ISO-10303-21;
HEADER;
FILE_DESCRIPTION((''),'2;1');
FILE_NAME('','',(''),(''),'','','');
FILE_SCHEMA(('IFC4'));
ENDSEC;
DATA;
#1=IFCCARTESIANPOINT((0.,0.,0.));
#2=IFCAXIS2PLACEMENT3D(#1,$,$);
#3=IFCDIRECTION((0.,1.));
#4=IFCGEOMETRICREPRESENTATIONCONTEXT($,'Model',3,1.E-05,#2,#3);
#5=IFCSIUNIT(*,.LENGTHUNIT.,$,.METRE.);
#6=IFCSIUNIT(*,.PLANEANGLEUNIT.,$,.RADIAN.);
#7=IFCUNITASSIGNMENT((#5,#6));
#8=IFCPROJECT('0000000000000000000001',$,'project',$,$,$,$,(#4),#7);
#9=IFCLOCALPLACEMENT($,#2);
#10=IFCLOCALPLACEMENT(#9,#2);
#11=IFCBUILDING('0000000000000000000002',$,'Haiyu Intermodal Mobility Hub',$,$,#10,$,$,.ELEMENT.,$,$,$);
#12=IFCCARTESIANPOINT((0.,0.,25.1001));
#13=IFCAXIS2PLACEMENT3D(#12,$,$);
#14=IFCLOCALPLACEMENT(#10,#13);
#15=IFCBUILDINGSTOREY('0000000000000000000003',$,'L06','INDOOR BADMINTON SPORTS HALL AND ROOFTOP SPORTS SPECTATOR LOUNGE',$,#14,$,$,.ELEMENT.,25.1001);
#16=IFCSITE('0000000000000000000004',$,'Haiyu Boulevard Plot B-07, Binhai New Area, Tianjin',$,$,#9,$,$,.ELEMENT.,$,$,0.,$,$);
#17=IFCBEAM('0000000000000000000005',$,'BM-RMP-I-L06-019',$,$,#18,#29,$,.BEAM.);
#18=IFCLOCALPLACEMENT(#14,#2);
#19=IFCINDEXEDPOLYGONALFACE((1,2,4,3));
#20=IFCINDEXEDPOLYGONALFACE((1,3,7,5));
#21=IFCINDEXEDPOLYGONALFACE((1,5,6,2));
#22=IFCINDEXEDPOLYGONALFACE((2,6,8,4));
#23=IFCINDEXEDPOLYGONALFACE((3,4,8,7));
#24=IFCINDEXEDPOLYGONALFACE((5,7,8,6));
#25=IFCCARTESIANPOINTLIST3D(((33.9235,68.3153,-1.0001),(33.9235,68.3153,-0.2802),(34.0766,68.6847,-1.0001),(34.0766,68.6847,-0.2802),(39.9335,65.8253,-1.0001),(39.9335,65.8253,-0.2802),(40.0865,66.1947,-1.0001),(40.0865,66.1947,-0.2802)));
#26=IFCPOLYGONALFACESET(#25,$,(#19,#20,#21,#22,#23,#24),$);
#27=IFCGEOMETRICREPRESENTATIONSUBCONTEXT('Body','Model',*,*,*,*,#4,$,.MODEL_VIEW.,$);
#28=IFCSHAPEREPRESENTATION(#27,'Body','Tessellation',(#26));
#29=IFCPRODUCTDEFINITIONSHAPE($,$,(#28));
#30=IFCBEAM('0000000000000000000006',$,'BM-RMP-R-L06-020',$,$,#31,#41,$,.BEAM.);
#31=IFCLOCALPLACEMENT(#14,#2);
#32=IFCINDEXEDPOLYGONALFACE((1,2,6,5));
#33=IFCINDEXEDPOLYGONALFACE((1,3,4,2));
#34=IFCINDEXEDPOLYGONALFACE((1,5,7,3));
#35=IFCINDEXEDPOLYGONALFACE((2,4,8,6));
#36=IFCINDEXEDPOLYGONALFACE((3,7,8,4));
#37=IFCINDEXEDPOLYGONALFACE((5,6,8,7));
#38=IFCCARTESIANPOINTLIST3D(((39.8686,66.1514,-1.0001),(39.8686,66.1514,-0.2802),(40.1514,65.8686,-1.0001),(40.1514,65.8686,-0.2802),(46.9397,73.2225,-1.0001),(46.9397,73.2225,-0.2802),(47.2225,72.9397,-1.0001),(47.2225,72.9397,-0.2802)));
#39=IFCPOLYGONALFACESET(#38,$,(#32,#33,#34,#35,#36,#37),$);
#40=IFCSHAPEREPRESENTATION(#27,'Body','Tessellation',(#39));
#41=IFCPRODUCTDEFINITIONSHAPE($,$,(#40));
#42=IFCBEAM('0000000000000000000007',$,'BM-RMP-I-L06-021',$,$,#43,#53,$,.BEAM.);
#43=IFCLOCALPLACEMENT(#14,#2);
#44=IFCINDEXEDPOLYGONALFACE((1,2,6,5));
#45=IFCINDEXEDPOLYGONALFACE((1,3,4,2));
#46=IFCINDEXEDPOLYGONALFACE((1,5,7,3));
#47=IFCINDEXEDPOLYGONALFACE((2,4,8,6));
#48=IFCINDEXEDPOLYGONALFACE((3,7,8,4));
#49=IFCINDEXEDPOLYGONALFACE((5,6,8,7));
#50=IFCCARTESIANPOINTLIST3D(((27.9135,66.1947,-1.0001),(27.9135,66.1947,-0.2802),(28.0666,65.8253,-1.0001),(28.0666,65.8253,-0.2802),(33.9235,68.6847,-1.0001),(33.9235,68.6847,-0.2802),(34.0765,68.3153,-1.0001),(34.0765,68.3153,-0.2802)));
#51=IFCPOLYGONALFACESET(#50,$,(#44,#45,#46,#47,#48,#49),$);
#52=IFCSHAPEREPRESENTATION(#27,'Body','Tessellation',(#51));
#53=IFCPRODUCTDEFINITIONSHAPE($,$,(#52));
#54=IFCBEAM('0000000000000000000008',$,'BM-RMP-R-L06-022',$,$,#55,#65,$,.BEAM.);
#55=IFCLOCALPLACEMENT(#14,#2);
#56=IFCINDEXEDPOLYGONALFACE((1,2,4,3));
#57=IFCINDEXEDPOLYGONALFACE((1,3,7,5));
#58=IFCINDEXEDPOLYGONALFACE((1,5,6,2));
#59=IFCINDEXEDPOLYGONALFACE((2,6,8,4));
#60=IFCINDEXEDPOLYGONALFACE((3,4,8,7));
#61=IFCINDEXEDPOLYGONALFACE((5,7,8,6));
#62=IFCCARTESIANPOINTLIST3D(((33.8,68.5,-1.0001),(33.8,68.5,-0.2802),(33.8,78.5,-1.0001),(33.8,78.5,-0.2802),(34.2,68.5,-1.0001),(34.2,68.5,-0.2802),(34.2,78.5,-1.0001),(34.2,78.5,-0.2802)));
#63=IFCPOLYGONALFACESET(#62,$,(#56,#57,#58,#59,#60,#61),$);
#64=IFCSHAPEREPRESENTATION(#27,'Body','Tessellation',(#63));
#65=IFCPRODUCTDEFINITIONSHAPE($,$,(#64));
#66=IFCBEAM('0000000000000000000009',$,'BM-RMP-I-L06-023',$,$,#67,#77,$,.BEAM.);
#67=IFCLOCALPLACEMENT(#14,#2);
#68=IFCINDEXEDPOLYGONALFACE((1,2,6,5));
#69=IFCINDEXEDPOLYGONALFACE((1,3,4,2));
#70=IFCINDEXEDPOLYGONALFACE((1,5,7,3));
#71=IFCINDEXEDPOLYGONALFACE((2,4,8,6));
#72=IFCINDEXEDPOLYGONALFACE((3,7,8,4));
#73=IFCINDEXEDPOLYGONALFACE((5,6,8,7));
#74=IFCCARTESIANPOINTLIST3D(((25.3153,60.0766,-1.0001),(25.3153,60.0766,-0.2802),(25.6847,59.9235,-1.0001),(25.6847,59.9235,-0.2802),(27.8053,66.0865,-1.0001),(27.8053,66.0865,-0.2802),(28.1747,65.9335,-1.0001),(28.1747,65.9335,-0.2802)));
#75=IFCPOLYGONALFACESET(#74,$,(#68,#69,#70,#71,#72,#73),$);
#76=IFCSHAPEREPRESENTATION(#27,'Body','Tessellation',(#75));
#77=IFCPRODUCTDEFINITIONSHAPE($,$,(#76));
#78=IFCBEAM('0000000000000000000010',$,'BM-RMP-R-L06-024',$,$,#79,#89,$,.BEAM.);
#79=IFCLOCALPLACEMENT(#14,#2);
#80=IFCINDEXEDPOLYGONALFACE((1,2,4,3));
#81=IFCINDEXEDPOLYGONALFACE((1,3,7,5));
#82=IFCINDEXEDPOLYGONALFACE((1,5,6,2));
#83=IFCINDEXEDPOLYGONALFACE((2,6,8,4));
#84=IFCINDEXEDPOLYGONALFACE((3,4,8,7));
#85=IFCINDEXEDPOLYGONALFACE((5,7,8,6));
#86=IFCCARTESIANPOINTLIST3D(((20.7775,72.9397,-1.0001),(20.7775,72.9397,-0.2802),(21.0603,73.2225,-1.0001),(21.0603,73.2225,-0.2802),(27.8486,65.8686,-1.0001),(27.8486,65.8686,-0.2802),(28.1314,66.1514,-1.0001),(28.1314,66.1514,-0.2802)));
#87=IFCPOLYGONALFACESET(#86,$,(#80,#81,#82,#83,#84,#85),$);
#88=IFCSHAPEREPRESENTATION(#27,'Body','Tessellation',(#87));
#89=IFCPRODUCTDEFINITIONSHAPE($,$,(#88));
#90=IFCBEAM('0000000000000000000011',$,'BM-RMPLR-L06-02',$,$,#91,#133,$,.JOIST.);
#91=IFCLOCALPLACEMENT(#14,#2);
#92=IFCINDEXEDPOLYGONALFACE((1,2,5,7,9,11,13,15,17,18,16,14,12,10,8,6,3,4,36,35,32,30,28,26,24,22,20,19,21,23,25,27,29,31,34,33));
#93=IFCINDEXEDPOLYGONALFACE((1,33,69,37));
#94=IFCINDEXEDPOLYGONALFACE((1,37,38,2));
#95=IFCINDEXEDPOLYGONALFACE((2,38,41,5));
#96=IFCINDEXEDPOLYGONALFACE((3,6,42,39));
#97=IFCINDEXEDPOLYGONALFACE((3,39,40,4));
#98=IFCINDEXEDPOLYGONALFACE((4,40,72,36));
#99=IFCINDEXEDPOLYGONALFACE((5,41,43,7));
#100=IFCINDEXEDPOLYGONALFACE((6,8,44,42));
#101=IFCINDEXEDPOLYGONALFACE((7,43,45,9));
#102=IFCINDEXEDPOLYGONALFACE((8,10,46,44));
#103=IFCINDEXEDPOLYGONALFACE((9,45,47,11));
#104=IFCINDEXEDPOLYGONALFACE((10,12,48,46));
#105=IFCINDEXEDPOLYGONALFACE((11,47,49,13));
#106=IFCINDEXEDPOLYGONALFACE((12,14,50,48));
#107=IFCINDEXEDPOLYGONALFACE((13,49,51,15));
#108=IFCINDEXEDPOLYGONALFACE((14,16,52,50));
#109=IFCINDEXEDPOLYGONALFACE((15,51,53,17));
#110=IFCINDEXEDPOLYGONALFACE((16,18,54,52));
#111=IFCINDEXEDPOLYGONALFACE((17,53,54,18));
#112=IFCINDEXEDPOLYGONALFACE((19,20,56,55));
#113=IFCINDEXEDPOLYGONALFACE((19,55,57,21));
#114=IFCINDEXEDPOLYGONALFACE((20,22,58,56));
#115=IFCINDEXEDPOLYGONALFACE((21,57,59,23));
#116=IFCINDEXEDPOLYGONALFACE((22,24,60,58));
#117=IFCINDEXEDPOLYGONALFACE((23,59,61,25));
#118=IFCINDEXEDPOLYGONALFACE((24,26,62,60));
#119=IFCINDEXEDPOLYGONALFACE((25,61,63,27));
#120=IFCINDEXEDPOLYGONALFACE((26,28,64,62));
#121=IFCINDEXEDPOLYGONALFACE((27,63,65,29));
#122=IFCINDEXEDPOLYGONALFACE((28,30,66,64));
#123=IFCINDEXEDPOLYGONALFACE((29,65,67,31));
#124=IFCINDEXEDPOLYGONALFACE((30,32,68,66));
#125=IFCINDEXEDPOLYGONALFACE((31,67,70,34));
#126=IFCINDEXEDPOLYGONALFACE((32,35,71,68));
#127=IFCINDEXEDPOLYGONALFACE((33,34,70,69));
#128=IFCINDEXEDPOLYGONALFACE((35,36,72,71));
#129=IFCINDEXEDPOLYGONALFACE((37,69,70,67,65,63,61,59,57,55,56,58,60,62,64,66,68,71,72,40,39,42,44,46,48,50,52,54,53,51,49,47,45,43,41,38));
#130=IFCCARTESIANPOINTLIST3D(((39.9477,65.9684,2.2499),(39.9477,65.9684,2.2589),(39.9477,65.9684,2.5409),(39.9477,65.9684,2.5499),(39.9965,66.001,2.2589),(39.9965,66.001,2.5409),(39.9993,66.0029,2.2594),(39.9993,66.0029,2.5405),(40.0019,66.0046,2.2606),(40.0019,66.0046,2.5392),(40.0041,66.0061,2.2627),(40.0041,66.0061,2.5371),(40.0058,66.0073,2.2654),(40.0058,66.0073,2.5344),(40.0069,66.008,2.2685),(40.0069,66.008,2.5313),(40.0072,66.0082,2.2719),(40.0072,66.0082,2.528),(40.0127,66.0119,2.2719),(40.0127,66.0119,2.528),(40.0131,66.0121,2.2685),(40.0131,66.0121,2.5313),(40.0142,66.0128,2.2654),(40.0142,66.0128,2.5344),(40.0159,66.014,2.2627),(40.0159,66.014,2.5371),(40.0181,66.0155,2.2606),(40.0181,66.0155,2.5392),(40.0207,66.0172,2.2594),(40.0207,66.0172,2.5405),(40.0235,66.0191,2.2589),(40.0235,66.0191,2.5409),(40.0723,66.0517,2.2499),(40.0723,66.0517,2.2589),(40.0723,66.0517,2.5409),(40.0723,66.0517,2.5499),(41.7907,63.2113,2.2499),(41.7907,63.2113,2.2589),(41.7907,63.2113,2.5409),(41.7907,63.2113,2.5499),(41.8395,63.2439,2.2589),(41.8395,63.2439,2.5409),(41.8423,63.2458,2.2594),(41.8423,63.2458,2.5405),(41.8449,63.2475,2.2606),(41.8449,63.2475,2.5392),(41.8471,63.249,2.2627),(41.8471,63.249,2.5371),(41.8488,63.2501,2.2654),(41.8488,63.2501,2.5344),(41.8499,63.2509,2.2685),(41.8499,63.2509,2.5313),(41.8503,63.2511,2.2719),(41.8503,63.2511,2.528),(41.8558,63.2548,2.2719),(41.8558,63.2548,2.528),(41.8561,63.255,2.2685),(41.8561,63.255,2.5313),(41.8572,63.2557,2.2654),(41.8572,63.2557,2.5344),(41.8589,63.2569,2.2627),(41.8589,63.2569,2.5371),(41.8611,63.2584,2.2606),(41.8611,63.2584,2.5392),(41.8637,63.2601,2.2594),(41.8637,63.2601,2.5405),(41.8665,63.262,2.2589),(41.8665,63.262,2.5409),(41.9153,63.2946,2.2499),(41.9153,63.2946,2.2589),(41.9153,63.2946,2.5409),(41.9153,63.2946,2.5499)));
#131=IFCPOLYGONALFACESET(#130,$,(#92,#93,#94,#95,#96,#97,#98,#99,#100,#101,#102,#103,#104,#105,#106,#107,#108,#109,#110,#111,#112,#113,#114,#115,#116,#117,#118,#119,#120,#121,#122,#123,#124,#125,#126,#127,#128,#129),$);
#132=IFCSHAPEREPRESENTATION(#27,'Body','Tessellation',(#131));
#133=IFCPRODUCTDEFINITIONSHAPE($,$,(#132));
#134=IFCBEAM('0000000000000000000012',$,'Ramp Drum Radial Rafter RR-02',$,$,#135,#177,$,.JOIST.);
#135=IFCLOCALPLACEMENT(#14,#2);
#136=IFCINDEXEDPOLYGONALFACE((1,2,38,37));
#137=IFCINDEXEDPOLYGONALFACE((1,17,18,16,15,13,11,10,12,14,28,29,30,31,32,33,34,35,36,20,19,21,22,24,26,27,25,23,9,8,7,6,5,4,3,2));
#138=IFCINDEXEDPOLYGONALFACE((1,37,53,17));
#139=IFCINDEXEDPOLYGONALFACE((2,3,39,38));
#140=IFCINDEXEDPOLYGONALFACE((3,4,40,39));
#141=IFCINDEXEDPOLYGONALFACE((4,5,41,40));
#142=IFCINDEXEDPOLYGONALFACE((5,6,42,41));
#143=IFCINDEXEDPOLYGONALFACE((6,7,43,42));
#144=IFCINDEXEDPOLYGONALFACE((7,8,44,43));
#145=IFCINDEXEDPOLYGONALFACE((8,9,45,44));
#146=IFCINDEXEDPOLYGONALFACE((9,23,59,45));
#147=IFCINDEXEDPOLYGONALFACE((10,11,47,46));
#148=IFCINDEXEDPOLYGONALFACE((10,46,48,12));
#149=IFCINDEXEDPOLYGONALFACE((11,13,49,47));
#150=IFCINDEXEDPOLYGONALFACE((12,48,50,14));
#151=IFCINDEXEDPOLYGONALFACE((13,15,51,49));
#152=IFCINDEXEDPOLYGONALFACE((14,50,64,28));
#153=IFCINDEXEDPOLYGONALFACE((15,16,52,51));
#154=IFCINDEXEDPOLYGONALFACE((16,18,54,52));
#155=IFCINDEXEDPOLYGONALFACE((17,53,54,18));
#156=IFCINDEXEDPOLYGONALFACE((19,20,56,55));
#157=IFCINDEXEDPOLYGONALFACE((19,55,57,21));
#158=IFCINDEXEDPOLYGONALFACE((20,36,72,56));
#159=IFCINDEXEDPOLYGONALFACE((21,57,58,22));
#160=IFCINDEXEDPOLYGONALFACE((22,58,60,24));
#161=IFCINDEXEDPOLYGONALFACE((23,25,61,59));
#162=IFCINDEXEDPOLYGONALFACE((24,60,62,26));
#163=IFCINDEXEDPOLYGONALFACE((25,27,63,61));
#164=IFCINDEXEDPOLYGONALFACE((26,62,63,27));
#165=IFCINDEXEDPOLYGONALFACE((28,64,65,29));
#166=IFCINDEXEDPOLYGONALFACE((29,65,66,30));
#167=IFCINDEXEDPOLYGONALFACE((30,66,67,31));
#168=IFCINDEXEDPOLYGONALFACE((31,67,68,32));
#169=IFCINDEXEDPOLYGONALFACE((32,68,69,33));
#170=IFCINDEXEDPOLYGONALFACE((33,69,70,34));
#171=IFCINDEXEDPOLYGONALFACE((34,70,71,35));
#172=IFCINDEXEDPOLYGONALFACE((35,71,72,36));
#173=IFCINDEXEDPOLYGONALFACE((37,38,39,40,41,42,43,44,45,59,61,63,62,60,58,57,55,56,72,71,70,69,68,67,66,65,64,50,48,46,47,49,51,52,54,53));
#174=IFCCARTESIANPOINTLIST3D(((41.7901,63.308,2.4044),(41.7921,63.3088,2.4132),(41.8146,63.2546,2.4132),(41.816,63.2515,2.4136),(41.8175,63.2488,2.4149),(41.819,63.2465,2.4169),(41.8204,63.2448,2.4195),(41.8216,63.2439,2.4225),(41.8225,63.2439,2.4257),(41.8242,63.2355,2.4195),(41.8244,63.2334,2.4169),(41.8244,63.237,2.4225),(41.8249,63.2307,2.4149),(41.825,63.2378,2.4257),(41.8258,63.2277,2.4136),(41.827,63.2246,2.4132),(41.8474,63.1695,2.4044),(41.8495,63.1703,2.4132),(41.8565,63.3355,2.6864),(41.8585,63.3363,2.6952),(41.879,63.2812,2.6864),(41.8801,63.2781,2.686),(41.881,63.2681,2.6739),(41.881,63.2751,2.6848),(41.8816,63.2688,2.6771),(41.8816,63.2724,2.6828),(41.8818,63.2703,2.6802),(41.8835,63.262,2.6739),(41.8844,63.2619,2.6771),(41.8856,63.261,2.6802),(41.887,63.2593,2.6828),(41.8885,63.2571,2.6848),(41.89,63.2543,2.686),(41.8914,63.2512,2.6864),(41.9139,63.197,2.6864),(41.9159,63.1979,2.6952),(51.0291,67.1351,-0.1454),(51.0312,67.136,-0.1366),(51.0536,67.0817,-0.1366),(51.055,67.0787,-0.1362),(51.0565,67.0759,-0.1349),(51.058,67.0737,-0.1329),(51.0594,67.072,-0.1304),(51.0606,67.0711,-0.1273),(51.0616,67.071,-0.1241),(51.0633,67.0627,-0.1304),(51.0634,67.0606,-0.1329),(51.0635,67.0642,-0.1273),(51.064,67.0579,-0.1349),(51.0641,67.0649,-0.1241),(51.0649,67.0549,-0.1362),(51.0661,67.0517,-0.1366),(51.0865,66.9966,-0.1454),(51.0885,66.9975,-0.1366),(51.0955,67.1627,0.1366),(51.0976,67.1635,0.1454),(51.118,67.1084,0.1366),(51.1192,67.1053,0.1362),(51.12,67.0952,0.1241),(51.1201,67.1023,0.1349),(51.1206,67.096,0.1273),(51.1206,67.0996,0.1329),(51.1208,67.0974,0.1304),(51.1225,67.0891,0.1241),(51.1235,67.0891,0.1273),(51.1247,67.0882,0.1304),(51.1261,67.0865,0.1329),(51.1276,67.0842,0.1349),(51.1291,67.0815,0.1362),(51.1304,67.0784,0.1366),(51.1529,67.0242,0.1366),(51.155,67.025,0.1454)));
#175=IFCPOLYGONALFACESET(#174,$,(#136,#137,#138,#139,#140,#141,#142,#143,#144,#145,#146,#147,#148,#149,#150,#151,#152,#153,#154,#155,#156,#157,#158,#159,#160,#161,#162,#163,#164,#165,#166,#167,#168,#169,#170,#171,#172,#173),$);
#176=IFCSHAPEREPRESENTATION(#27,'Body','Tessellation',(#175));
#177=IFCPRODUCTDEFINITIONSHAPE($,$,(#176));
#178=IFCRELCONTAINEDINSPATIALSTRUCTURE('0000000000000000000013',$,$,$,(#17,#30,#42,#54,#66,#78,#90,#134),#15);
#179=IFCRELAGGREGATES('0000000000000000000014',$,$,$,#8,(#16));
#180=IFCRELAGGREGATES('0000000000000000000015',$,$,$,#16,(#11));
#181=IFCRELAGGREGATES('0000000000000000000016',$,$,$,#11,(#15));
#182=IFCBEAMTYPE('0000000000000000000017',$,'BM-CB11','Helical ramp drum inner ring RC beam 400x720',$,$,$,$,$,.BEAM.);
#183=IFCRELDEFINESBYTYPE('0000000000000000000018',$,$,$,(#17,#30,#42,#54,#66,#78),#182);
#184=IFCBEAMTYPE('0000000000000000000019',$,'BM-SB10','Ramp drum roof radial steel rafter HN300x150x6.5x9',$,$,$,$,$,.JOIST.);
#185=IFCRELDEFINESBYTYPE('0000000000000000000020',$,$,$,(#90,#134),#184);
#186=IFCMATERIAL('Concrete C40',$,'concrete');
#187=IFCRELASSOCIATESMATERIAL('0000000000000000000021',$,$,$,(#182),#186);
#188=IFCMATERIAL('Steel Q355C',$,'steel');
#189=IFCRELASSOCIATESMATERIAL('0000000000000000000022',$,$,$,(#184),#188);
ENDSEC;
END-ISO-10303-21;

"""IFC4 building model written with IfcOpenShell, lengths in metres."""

from ifc_helpers import new_model, si_unit, direction, frame, origin, origin_2d, place, context, subcontext, project, spatial, rectangle, i_section, extrude, material, material_profile, profile_set, type_object, element, save


model = new_model("IFC4")

# Units and contexts
model_context = context("Model", 3, precision=1e-05, world=origin(), true_north=direction((0.0, 1.0)))
body_context = subcontext(model_context, "Body", "Model", "MODEL_VIEW")
ifc_project = project(units=[si_unit("LENGTHUNIT", "METRE"), si_unit("PLANEANGLEUNIT", "RADIAN")], contexts=[model_context])

# Site, building, storey
site_placement = place(None, origin())
site = spatial("IfcSite", under=ifc_project, at=site_placement, Name="Haiyu Boulevard Plot B-07, Binhai New Area, Tianjin", CompositionType="ELEMENT", RefElevation=0.0)
building_placement = place(site_placement, origin())
building = spatial("IfcBuilding", under=site, at=building_placement, Name="Haiyu Intermodal Mobility Hub", CompositionType="ELEMENT")
storey_placement = place(building_placement, frame((0.0, 0.0, 25.1001)))
storey = spatial("IfcBuildingStorey", under=building, at=storey_placement, Name="L06", Description="INDOOR BADMINTON SPORTS HALL AND ROOFTOP SPORTS SPECTATOR LOUNGE", CompositionType="ELEMENT", Elevation=25.1001)

# Shared definitions
ifc_material_1 = material(Name="Steel Q355C", Category="steel")

# Beams
ifc_material_2 = material(Name="Concrete C40", Category="concrete")
ifc_material_profile_1 = material_profile(ifc_material_2, rectangle(XDim=0.3999, YDim=0.72, at=origin_2d()), Name="RCB400x720")
ifc_profile_set_1 = profile_set([ifc_material_profile_1], Name="Concrete C40")
beam_type_1 = type_object("IfcBeamType", Name="BM-CB11", Description="Helical ramp drum inner ring RC beam 400x720", PredefinedType="BEAM", material=ifc_profile_set_1)
beam_1_placement = place(storey_placement, frame((40.01, 66.01, -0.6401), z_axis=(-0.923849, 0.382757, 0.0), x_axis=(-0.382757, -0.923849, 0.0)))
element("IfcBeam", 1, at=beam_1_placement, inside=storey, type_object=beam_type_1, Name="BM-RMP-I-L06-019", PredefinedType="BEAM", context=body_context, shape_type="SweptSolid", body=[
    extrude(rectangle(XDim=0.3999, YDim=0.72, at=origin_2d()), origin(), (0.0, 0.0, 1.0), 6.5054),
])
beam_2_placement = place(storey_placement, frame((40.01, 66.01, -0.6401), z_axis=(0.707107, 0.707107, 0.0), x_axis=(-0.707107, 0.707107, 0.0)))
element("IfcBeam", 2, at=beam_2_placement, inside=storey, type_object=beam_type_1, Name="BM-RMP-R-L06-020", PredefinedType="BEAM", context=body_context, shape_type="SweptSolid", body=[
    extrude(rectangle(XDim=0.3999, YDim=0.72, at=origin_2d()), origin(), (0.0, 0.0, 1.0), 10.0),
])
beam_3_placement = place(storey_placement, frame((34.0, 68.5, -0.6401), z_axis=(-0.923849, -0.382757, 0.0), x_axis=(0.382757, -0.923849, 0.0)))
element("IfcBeam", 3, at=beam_3_placement, inside=storey, type_object=beam_type_1, Name="BM-RMP-I-L06-021", PredefinedType="BEAM", context=body_context, shape_type="SweptSolid", body=[
    extrude(rectangle(XDim=0.3999, YDim=0.72, at=origin_2d()), origin(), (0.0, 0.0, 1.0), 6.5054),
])
beam_4_placement = place(storey_placement, frame((34.0, 68.5, -0.6401), z_axis=(0.0, 1.0, 0.0), x_axis=(-1.0, 0.0, 0.0)))
element("IfcBeam", 4, at=beam_4_placement, inside=storey, type_object=beam_type_1, Name="BM-RMP-R-L06-022", PredefinedType="BEAM", context=body_context, shape_type="SweptSolid", body=[
    extrude(rectangle(XDim=0.3999, YDim=0.72, at=origin_2d()), origin(), (0.0, 0.0, 1.0), 10.0),
])
beam_5_placement = place(storey_placement, frame((27.99, 66.01, -0.6401), z_axis=(-0.382757, -0.923849, 0.0), x_axis=(0.923849, -0.382757, 0.0)))
element("IfcBeam", 5, at=beam_5_placement, inside=storey, type_object=beam_type_1, Name="BM-RMP-I-L06-023", PredefinedType="BEAM", context=body_context, shape_type="SweptSolid", body=[
    extrude(rectangle(XDim=0.3999, YDim=0.72, at=origin_2d()), origin(), (0.0, 0.0, 1.0), 6.5054),
])
beam_6_placement = place(storey_placement, frame((27.99, 66.01, -0.6401), z_axis=(-0.707107, 0.707107, 0.0), x_axis=(-0.707107, -0.707107, 0.0)))
element("IfcBeam", 6, at=beam_6_placement, inside=storey, type_object=beam_type_1, Name="BM-RMP-R-L06-024", PredefinedType="BEAM", context=body_context, shape_type="SweptSolid", body=[
    extrude(rectangle(XDim=0.3999, YDim=0.72, at=origin_2d()), origin(), (0.0, 0.0, 1.0), 10.0),
])
ifc_material_profile_2 = material_profile(ifc_material_1, i_section(OverallWidth=0.1499, OverallDepth=0.3, WebThickness=0.0066, FlangeThickness=0.009, FilletRadius=0.0129, at=origin_2d()), Name="HN300x150x6.5x9")
ifc_profile_set_2 = profile_set([ifc_material_profile_2], Name="Steel Q355C")
beam_type_2 = type_object("IfcBeamType", Name="BM-SB10", Description="Ramp drum roof radial steel rafter HN300x150x6.5x9", PredefinedType="JOIST", material=ifc_profile_set_2)
beam_7_placement = place(storey_placement, frame((41.853, 63.2529, 2.3999), z_axis=(-0.555736, 0.831359, 0.0), x_axis=(-0.831359, -0.555736, 0.0)))
element("IfcBeam", 7, at=beam_7_placement, inside=storey, type_object=beam_type_2, Name="BM-RMPLR-L06-02", PredefinedType="JOIST", context=body_context, shape_type="SweptSolid", body=[
    extrude(i_section(OverallWidth=0.1499, OverallDepth=0.3, WebThickness=0.0066, FlangeThickness=0.009, FilletRadius=0.0129, at=origin_2d()), origin(), (0.0, 0.0, 1.0), 3.3164),
])
beam_8_placement = place(storey_placement, frame((51.092, 67.0801, 0.0), z_axis=(-0.89523, -0.370838, 0.247068), x_axis=(0.382703, -0.923872, 0.0)))
element("IfcBeam", 8, at=beam_8_placement, inside=storey, type_object=beam_type_2, Name="Ramp Drum Radial Rafter RR-02", PredefinedType="JOIST", context=body_context, shape_type="SweptSolid", body=[
    extrude(i_section(OverallWidth=0.1499, OverallDepth=0.3, WebThickness=0.0066, FlangeThickness=0.009, FilletRadius=0.0129, at=origin_2d()), origin(), (0.0, 0.0, 1.0), 10.3203),
])

save(model, "model.ifc")
